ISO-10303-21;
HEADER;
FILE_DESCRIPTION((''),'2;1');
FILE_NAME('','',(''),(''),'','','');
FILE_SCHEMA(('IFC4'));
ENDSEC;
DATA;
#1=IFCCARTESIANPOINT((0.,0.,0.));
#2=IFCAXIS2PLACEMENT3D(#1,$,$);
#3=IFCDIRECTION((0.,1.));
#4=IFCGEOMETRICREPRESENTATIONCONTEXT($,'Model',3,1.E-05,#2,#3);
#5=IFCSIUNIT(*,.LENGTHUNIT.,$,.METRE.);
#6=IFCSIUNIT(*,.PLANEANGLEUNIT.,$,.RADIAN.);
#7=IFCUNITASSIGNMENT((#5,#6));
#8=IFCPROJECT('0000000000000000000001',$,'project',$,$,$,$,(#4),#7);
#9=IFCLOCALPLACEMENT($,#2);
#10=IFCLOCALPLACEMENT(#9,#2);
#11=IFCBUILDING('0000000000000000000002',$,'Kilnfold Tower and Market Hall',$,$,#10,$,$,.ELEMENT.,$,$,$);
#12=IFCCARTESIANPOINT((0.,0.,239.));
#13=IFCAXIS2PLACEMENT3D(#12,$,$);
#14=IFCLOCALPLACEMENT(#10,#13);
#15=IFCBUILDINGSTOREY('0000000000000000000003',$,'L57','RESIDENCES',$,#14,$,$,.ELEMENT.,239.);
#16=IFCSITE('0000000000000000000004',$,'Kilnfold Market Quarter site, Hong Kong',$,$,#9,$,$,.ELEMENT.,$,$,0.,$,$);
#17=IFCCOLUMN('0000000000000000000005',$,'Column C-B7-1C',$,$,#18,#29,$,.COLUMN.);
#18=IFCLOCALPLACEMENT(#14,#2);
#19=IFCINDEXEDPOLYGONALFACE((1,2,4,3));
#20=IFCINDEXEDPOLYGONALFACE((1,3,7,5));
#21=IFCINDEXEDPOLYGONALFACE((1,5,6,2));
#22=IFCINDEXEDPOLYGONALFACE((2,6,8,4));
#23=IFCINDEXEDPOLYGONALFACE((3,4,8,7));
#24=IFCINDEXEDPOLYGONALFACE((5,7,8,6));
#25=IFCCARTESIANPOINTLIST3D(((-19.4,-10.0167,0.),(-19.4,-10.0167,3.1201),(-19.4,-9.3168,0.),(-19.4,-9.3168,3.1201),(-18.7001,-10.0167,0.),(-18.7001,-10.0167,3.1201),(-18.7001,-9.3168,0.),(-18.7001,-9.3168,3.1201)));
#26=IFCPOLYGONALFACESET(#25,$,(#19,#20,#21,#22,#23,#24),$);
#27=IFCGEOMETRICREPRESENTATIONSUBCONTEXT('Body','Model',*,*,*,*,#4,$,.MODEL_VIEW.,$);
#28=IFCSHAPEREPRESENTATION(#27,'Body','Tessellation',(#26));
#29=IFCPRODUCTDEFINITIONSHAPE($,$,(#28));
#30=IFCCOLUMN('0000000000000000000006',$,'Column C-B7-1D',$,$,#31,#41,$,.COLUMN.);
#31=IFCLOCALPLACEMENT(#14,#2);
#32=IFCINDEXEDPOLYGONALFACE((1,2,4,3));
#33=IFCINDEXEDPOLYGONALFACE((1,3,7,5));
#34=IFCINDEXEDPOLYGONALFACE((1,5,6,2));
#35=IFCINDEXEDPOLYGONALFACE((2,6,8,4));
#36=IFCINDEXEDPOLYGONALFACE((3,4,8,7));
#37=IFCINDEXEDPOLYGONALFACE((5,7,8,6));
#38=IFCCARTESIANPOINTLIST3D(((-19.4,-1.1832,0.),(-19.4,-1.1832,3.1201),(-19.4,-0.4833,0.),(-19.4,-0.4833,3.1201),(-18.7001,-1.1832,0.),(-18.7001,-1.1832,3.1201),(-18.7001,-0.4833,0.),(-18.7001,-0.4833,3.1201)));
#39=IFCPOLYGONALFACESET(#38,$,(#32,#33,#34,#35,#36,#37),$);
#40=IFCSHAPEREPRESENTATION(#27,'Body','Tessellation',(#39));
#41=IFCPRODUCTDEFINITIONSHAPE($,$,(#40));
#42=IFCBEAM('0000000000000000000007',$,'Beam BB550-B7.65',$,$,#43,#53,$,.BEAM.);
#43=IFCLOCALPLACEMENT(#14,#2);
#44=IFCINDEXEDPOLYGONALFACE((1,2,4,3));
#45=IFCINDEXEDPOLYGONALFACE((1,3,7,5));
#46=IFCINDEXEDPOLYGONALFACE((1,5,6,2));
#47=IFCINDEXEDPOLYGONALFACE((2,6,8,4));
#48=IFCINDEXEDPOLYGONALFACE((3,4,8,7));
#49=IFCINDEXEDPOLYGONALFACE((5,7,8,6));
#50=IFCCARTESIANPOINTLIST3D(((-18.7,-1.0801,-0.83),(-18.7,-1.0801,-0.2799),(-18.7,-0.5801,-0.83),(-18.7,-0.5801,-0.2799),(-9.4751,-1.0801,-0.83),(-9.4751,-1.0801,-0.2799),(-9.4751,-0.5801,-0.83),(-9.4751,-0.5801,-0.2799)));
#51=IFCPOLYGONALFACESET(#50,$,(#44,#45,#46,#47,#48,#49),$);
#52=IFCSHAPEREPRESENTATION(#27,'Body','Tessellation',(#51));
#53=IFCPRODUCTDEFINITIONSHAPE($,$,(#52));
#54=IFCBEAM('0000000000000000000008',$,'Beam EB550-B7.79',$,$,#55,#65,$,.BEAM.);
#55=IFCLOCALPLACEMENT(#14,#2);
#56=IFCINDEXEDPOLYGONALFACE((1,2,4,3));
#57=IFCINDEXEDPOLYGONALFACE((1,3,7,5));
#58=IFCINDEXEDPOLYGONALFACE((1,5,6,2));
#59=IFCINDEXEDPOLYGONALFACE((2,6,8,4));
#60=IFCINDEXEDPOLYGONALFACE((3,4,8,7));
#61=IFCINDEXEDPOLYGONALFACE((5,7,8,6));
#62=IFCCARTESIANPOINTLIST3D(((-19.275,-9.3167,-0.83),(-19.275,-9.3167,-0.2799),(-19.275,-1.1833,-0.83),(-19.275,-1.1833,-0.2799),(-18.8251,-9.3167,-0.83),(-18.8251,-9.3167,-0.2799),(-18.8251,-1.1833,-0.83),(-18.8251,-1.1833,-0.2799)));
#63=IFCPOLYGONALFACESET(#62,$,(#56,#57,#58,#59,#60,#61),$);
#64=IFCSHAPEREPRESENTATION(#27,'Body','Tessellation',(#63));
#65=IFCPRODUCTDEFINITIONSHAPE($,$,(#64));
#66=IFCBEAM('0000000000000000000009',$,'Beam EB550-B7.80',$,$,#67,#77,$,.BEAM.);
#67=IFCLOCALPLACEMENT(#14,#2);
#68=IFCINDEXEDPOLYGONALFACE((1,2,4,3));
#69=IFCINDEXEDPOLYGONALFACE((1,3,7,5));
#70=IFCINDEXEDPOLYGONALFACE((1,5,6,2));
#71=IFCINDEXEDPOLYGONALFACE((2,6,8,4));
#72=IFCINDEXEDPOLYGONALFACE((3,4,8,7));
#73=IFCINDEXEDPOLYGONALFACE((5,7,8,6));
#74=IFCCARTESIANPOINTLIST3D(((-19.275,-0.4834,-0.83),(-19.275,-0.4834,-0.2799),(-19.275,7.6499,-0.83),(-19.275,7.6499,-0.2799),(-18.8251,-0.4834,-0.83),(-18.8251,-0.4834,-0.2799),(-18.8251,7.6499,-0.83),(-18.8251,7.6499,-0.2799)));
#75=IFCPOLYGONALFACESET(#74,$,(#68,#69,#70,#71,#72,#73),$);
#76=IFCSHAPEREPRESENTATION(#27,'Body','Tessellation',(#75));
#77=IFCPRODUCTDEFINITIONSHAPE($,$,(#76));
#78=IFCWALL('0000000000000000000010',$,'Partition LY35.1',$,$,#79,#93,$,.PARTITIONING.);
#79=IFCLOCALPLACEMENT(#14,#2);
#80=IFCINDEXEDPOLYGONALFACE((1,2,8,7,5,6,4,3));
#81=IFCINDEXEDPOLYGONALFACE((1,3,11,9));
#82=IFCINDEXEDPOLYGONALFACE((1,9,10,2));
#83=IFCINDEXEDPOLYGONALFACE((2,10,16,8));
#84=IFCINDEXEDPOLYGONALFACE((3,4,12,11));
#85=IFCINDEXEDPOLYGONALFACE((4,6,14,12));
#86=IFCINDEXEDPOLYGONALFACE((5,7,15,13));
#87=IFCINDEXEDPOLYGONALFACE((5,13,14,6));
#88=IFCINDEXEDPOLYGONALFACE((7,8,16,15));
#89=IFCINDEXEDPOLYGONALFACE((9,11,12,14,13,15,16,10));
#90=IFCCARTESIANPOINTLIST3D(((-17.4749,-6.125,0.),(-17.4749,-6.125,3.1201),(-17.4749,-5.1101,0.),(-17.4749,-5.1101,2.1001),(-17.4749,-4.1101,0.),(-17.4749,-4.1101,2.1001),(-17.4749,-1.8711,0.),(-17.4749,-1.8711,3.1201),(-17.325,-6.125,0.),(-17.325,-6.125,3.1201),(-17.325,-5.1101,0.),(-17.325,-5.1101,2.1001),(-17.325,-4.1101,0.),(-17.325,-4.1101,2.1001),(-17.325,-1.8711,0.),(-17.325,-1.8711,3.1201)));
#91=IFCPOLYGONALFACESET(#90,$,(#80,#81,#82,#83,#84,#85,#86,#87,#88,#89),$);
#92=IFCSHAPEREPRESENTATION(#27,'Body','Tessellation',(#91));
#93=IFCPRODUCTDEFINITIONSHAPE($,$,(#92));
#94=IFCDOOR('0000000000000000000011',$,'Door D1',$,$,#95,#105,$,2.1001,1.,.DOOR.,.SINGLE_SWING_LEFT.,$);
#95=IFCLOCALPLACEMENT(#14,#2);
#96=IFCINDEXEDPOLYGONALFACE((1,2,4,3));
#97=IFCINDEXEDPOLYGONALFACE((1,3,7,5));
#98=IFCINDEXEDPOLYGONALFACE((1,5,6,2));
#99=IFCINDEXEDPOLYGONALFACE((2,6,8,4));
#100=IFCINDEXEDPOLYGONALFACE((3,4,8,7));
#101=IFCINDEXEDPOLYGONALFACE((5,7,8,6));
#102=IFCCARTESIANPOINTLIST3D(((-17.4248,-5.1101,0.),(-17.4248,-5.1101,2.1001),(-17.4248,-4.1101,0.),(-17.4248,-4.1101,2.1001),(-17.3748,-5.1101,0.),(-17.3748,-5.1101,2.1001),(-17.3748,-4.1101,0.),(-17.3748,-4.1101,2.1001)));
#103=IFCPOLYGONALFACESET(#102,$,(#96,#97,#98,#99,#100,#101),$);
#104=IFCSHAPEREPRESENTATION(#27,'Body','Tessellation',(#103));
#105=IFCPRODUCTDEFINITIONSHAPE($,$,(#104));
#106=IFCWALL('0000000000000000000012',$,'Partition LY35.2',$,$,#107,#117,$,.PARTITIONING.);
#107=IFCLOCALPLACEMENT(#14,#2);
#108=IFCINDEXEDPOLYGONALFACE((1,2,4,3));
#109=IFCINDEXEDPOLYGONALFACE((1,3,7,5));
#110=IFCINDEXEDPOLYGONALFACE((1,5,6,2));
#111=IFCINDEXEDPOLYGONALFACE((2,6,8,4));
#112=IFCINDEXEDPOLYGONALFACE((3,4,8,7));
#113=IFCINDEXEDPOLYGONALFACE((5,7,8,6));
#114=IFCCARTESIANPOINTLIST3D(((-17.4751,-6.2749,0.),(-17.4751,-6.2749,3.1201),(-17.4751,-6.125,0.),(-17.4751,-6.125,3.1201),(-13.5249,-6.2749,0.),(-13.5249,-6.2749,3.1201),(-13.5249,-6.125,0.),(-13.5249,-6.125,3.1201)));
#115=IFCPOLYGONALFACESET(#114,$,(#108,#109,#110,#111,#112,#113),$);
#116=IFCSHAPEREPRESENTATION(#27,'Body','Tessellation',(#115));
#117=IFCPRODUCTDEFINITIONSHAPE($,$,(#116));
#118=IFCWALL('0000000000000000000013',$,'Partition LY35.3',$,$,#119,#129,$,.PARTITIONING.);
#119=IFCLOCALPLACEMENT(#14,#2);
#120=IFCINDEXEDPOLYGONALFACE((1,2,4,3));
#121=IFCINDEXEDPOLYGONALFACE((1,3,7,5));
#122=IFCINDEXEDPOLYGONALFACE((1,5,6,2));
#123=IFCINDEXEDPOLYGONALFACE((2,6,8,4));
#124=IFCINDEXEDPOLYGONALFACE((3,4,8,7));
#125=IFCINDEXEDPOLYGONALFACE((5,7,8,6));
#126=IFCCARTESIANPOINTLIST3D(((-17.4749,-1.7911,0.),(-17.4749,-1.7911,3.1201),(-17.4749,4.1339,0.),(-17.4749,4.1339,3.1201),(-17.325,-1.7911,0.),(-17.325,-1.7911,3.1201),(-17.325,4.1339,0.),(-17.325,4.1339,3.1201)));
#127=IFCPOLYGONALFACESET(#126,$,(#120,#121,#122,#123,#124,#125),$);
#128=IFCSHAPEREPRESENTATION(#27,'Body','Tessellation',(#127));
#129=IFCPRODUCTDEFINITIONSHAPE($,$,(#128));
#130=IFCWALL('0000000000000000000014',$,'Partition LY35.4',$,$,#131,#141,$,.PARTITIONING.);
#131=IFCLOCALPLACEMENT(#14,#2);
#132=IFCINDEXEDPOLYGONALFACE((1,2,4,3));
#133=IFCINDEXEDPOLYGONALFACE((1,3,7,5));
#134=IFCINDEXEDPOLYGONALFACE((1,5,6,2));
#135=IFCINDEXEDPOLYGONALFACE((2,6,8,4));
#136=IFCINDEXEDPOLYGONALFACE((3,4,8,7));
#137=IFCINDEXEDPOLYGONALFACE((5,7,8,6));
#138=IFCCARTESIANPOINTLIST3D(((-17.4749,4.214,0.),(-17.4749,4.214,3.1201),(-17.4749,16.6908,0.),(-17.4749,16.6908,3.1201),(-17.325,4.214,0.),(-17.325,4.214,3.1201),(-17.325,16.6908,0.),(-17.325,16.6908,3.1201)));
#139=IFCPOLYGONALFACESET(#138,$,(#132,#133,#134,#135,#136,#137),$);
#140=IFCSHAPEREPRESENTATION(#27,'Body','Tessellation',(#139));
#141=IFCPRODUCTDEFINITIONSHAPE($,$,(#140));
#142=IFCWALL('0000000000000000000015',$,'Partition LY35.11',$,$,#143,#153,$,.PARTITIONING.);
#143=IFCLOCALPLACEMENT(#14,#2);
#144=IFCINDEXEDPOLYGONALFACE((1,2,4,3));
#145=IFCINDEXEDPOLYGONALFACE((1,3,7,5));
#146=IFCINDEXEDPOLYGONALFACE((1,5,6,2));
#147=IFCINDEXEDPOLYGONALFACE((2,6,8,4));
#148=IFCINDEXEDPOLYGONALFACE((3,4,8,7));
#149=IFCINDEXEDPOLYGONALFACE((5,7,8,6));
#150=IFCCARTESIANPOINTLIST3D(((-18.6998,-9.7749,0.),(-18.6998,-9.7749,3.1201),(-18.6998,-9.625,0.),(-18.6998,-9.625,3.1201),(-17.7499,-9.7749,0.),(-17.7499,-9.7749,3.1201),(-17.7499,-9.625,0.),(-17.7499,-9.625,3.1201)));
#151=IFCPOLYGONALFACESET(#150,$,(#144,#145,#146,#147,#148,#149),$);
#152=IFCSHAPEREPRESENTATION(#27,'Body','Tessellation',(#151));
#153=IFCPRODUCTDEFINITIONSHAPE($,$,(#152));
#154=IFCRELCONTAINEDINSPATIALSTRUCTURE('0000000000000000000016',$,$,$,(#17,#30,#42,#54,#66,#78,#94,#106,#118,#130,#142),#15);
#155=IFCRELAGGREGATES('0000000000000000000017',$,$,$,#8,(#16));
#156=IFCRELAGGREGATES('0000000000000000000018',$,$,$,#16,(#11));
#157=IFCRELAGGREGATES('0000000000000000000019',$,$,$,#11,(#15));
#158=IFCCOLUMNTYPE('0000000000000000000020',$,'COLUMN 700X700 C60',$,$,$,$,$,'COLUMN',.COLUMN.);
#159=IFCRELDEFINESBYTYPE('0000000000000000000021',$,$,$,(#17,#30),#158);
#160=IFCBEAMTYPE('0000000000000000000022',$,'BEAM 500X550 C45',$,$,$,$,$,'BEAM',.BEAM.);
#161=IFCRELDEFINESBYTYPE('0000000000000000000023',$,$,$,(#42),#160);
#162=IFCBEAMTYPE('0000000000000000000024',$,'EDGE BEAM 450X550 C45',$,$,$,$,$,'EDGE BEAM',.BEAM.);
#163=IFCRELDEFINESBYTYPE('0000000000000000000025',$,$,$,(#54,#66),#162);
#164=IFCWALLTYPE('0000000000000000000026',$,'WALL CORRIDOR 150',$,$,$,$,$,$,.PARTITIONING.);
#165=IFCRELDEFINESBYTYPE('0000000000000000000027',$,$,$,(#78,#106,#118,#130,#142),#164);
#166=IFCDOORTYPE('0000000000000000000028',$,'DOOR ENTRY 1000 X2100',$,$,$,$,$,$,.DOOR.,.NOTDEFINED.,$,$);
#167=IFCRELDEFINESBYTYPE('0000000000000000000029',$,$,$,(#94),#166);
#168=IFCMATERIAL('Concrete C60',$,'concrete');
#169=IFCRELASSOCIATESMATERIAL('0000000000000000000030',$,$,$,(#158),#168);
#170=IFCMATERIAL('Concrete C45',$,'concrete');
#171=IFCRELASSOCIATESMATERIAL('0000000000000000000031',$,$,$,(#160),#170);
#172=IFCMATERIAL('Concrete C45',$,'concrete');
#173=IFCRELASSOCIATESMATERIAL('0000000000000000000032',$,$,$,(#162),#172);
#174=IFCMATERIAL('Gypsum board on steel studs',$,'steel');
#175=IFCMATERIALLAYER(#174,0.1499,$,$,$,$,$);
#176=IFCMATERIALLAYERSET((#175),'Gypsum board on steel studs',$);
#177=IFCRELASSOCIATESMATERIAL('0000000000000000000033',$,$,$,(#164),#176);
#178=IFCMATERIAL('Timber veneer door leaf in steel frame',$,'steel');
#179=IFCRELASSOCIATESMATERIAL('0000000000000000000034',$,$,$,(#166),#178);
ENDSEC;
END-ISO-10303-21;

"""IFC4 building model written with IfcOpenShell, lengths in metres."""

from ifc_helpers import new_model, si_unit, direction, frame, frame_2d, origin, origin_2d, place, context, subcontext, project, spatial, rectangle, extrude, source, transform, mapped, material, layer, layer_set, material_profile, profile_set, type_object, element, fill, save


model = new_model("IFC4")

# Units and contexts
model_context = context("Model", 3, precision=1e-05, world=origin(), true_north=direction((0.0, 1.0)))
body_context = subcontext(model_context, "Body", "Model", "MODEL_VIEW")
ifc_project = project(units=[si_unit("LENGTHUNIT", "METRE"), si_unit("PLANEANGLEUNIT", "RADIAN")], contexts=[model_context])

# Site, building, storey
site_placement = place(None, origin())
site = spatial("IfcSite", under=ifc_project, at=site_placement, Name="Kilnfold Market Quarter site, Hong Kong", CompositionType="ELEMENT", RefElevation=0.0)
building_placement = place(site_placement, origin())
building = spatial("IfcBuilding", under=site, at=building_placement, Name="Kilnfold Tower and Market Hall", CompositionType="ELEMENT")
storey_placement = place(building_placement, frame((0.0, 0.0, 239.0)))
storey = spatial("IfcBuildingStorey", under=building, at=storey_placement, Name="L57", Description="RESIDENCES", CompositionType="ELEMENT", Elevation=239.0)

# Columns
ifc_material_1 = material(Name="Concrete C60", Category="concrete")
ifc_material_profile_1 = material_profile(ifc_material_1, rectangle(XDim=0.7, YDim=0.7, at=origin_2d()), Name="RC 700x700")
ifc_profile_set_1 = profile_set([ifc_material_profile_1], Name="Concrete C60")
column_type = type_object("IfcColumnType", Name="COLUMN 700X700 C60", ElementType="COLUMN", PredefinedType="COLUMN", material=ifc_profile_set_1)
shared_shape_1 = source(origin(), body_context, "Body", "SweptSolid", [
    extrude(rectangle(XDim=0.7, YDim=0.7, at=origin_2d()), origin(), (0.0, 0.0, 1.0), 3.1201),
])
for number, where, z_axis, x_axis, name in (
    (1, (-19.05, -9.6667, 0.0), (0.0, 0.0, 1.0), (1.0, 0.0, 0.0), "Column C-B7-1C"),
    (2, (-19.05, -0.8333, 0.0), (0.0, 0.0, 1.0), (1.0, 0.0, 0.0), "Column C-B7-1D"),
):
    element("IfcColumn", number, at=place(storey_placement, frame(where, z_axis=z_axis, x_axis=x_axis)), inside=storey, type_object=column_type, Name=name, PredefinedType="COLUMN", context=body_context, shape_type="MappedRepresentation", body=[
        mapped(shared_shape_1, transform((0.0, 0.0, 0.0))),
    ])

# Beams
ifc_material_2 = material(Name="Concrete C45", Category="concrete")
ifc_material_profile_2 = material_profile(ifc_material_2, rectangle(XDim=0.5, YDim=0.55, at=origin_2d()), Name="RC 500x550")
ifc_profile_set_2 = profile_set([ifc_material_profile_2], Name="Concrete C45")
beam_type_1 = type_object("IfcBeamType", Name="BEAM 500X550 C45", ElementType="BEAM", PredefinedType="BEAM", material=ifc_profile_set_2)
shared_shape_2 = source(origin(), body_context, "Body", "SweptSolid", [
    extrude(rectangle(XDim=0.5, YDim=0.55, at=origin_2d()), origin(), (0.0, 0.0, 1.0), 9.2249),
])
beam_placement = place(storey_placement, frame((-18.7, -0.8301, -0.5549), z_axis=(1.0, 0.0, 0.0), x_axis=(0.0, 1.0, 0.0)))
element("IfcBeam", 3, at=beam_placement, inside=storey, type_object=beam_type_1, Name="Beam BB550-B7.65", PredefinedType="BEAM", context=body_context, shape_type="MappedRepresentation", body=[
    mapped(shared_shape_2, transform((0.0, 0.0, 0.0))),
])
ifc_material_3 = material(Name="Concrete C45", Category="concrete")
ifc_material_profile_3 = material_profile(ifc_material_3, rectangle(XDim=0.45, YDim=0.55, at=origin_2d()), Name="RC 450x550")
ifc_profile_set_3 = profile_set([ifc_material_profile_3], Name="Concrete C45")
beam_type_2 = type_object("IfcBeamType", Name="EDGE BEAM 450X550 C45", ElementType="EDGE BEAM", PredefinedType="BEAM", material=ifc_profile_set_3)
shared_shape_3 = source(origin(), body_context, "Body", "SweptSolid", [
    extrude(rectangle(XDim=0.45, YDim=0.55, at=origin_2d()), origin(), (0.0, 0.0, 1.0), 8.1333),
])
for number, where, z_axis, x_axis, name in (
    (4, (-19.05, -9.3167, -0.5549), (0.0, 1.0, 0.0), (-1.0, 0.0, 0.0), "Beam EB550-B7.79"),
    (5, (-19.05, -0.4834, -0.5549), (0.0, 1.0, 0.0), (-1.0, 0.0, 0.0), "Beam EB550-B7.80"),
):
    element("IfcBeam", number, at=place(storey_placement, frame(where, z_axis=z_axis, x_axis=x_axis)), inside=storey, type_object=beam_type_2, Name=name, PredefinedType="BEAM", context=body_context, shape_type="MappedRepresentation", body=[
        mapped(shared_shape_3, transform((0.0, 0.0, 0.0))),
    ])

# Wall, opening, door
ifc_material_4 = material(Name="Gypsum board on steel studs", Category="steel")
ifc_layer_1 = layer(ifc_material_4, 0.1499)
ifc_layer_set_1 = layer_set([ifc_layer_1], Name="Gypsum board on steel studs")
wall_type_1 = type_object("IfcWallType", Name="WALL CORRIDOR 150", PredefinedType="PARTITIONING", material=ifc_layer_set_1)
wall_1_placement = place(storey_placement, frame((-17.3999, -6.125, 0.0), z_axis=(0.0, 0.0, 1.0), x_axis=(0.0, 1.0, 0.0)))
wall_1 = element("IfcWall", 6, at=wall_1_placement, inside=storey, type_object=wall_type_1, Name="Partition LY35.1", PredefinedType="PARTITIONING", context=body_context, shape_type="SweptSolid", body=[
    extrude(rectangle(XDim=4.2539, YDim=0.1499, at=frame_2d((2.127, 0.0))), origin(), (0.0, 0.0, 1.0), 3.1201),
])
opening_1_placement = place(wall_1_placement, frame((1.0149, 0.0, 0.0)))
opening_1 = element("IfcOpeningElement", 7, at=opening_1_placement, cuts=wall_1, PredefinedType="OPENING", context=body_context, shape_type="SweptSolid", body=[
    extrude(rectangle(XDim=1.0, YDim=2.1001, at=frame_2d((0.5, 1.05))), frame((0.0, 0.085, 0.0), z_axis=(0.0, -1.0, 0.0), x_axis=(1.0, 0.0, 0.0)), (0.0, 0.0, 1.0), 0.1699),
])
ifc_material_5 = material(Name="Timber veneer door leaf in steel frame", Category="steel")
door_type_1 = type_object("IfcDoorType", Name="DOOR ENTRY 1000 X2100", OperationType="NOTDEFINED", PredefinedType="DOOR", material=ifc_material_5)
door_1_placement = place(opening_1_placement, origin())
door_1 = element("IfcDoor", 8, at=door_1_placement, inside=storey, type_object=door_type_1, Name="Door D1", OperationType="SINGLE_SWING_LEFT", OverallHeight=2.1001, OverallWidth=1.0, PredefinedType="DOOR", context=body_context, shape_type="SweptSolid", body=[
    extrude(rectangle(XDim=1.0, YDim=2.1001, at=frame_2d((0.5, 1.05))), frame((0.0, 0.0249, 0.0), z_axis=(0.0, -1.0, 0.0), x_axis=(1.0, 0.0, 0.0)), (0.0, 0.0, 1.0), 0.05),
])
fill(opening_1, door_1)

# Walls
wall_2_placement = place(storey_placement, frame((-17.4751, -6.2, 0.0), z_axis=(0.0, 0.0, 1.0), x_axis=(1.0, 0.0, 0.0)))
element("IfcWall", 9, at=wall_2_placement, inside=storey, type_object=wall_type_1, Name="Partition LY35.2", PredefinedType="PARTITIONING", context=body_context, shape_type="SweptSolid", body=[
    extrude(rectangle(XDim=3.9502, YDim=0.1499, at=frame_2d((1.9751, 0.0))), origin(), (0.0, 0.0, 1.0), 3.1201),
])
wall_3_placement = place(storey_placement, frame((-17.3999, -1.791, 0.0), z_axis=(0.0, 0.0, 1.0), x_axis=(0.0, 1.0, 0.0)))
element("IfcWall", 10, at=wall_3_placement, inside=storey, type_object=wall_type_1, Name="Partition LY35.3", PredefinedType="PARTITIONING", context=body_context, shape_type="SweptSolid", body=[
    extrude(rectangle(XDim=5.925, YDim=0.1499, at=frame_2d((2.9624, 0.0))), origin(), (0.0, 0.0, 1.0), 3.1201),
])
wall_4_placement = place(storey_placement, frame((-17.3999, 4.2141, 0.0), z_axis=(0.0, 0.0, 1.0), x_axis=(0.0, 1.0, 0.0)))
element("IfcWall", 11, at=wall_4_placement, inside=storey, type_object=wall_type_1, Name="Partition LY35.4", PredefinedType="PARTITIONING", context=body_context, shape_type="SweptSolid", body=[
    extrude(rectangle(XDim=12.4768, YDim=0.1499, at=frame_2d((6.2383, 0.0))), origin(), (0.0, 0.0, 1.0), 3.1201),
])
wall_5_placement = place(storey_placement, frame((-18.7, -9.7, 0.0), z_axis=(0.0, 0.0, 1.0), x_axis=(1.0, 0.0, 0.0)))
element("IfcWall", 12, at=wall_5_placement, inside=storey, type_object=wall_type_1, Name="Partition LY35.11", PredefinedType="PARTITIONING", context=body_context, shape_type="SweptSolid", body=[
    extrude(rectangle(XDim=0.95, YDim=0.1499, at=frame_2d((0.4751, 0.0))), origin(), (0.0, 0.0, 1.0), 3.1201),
])

save(model, "model.ifc")
